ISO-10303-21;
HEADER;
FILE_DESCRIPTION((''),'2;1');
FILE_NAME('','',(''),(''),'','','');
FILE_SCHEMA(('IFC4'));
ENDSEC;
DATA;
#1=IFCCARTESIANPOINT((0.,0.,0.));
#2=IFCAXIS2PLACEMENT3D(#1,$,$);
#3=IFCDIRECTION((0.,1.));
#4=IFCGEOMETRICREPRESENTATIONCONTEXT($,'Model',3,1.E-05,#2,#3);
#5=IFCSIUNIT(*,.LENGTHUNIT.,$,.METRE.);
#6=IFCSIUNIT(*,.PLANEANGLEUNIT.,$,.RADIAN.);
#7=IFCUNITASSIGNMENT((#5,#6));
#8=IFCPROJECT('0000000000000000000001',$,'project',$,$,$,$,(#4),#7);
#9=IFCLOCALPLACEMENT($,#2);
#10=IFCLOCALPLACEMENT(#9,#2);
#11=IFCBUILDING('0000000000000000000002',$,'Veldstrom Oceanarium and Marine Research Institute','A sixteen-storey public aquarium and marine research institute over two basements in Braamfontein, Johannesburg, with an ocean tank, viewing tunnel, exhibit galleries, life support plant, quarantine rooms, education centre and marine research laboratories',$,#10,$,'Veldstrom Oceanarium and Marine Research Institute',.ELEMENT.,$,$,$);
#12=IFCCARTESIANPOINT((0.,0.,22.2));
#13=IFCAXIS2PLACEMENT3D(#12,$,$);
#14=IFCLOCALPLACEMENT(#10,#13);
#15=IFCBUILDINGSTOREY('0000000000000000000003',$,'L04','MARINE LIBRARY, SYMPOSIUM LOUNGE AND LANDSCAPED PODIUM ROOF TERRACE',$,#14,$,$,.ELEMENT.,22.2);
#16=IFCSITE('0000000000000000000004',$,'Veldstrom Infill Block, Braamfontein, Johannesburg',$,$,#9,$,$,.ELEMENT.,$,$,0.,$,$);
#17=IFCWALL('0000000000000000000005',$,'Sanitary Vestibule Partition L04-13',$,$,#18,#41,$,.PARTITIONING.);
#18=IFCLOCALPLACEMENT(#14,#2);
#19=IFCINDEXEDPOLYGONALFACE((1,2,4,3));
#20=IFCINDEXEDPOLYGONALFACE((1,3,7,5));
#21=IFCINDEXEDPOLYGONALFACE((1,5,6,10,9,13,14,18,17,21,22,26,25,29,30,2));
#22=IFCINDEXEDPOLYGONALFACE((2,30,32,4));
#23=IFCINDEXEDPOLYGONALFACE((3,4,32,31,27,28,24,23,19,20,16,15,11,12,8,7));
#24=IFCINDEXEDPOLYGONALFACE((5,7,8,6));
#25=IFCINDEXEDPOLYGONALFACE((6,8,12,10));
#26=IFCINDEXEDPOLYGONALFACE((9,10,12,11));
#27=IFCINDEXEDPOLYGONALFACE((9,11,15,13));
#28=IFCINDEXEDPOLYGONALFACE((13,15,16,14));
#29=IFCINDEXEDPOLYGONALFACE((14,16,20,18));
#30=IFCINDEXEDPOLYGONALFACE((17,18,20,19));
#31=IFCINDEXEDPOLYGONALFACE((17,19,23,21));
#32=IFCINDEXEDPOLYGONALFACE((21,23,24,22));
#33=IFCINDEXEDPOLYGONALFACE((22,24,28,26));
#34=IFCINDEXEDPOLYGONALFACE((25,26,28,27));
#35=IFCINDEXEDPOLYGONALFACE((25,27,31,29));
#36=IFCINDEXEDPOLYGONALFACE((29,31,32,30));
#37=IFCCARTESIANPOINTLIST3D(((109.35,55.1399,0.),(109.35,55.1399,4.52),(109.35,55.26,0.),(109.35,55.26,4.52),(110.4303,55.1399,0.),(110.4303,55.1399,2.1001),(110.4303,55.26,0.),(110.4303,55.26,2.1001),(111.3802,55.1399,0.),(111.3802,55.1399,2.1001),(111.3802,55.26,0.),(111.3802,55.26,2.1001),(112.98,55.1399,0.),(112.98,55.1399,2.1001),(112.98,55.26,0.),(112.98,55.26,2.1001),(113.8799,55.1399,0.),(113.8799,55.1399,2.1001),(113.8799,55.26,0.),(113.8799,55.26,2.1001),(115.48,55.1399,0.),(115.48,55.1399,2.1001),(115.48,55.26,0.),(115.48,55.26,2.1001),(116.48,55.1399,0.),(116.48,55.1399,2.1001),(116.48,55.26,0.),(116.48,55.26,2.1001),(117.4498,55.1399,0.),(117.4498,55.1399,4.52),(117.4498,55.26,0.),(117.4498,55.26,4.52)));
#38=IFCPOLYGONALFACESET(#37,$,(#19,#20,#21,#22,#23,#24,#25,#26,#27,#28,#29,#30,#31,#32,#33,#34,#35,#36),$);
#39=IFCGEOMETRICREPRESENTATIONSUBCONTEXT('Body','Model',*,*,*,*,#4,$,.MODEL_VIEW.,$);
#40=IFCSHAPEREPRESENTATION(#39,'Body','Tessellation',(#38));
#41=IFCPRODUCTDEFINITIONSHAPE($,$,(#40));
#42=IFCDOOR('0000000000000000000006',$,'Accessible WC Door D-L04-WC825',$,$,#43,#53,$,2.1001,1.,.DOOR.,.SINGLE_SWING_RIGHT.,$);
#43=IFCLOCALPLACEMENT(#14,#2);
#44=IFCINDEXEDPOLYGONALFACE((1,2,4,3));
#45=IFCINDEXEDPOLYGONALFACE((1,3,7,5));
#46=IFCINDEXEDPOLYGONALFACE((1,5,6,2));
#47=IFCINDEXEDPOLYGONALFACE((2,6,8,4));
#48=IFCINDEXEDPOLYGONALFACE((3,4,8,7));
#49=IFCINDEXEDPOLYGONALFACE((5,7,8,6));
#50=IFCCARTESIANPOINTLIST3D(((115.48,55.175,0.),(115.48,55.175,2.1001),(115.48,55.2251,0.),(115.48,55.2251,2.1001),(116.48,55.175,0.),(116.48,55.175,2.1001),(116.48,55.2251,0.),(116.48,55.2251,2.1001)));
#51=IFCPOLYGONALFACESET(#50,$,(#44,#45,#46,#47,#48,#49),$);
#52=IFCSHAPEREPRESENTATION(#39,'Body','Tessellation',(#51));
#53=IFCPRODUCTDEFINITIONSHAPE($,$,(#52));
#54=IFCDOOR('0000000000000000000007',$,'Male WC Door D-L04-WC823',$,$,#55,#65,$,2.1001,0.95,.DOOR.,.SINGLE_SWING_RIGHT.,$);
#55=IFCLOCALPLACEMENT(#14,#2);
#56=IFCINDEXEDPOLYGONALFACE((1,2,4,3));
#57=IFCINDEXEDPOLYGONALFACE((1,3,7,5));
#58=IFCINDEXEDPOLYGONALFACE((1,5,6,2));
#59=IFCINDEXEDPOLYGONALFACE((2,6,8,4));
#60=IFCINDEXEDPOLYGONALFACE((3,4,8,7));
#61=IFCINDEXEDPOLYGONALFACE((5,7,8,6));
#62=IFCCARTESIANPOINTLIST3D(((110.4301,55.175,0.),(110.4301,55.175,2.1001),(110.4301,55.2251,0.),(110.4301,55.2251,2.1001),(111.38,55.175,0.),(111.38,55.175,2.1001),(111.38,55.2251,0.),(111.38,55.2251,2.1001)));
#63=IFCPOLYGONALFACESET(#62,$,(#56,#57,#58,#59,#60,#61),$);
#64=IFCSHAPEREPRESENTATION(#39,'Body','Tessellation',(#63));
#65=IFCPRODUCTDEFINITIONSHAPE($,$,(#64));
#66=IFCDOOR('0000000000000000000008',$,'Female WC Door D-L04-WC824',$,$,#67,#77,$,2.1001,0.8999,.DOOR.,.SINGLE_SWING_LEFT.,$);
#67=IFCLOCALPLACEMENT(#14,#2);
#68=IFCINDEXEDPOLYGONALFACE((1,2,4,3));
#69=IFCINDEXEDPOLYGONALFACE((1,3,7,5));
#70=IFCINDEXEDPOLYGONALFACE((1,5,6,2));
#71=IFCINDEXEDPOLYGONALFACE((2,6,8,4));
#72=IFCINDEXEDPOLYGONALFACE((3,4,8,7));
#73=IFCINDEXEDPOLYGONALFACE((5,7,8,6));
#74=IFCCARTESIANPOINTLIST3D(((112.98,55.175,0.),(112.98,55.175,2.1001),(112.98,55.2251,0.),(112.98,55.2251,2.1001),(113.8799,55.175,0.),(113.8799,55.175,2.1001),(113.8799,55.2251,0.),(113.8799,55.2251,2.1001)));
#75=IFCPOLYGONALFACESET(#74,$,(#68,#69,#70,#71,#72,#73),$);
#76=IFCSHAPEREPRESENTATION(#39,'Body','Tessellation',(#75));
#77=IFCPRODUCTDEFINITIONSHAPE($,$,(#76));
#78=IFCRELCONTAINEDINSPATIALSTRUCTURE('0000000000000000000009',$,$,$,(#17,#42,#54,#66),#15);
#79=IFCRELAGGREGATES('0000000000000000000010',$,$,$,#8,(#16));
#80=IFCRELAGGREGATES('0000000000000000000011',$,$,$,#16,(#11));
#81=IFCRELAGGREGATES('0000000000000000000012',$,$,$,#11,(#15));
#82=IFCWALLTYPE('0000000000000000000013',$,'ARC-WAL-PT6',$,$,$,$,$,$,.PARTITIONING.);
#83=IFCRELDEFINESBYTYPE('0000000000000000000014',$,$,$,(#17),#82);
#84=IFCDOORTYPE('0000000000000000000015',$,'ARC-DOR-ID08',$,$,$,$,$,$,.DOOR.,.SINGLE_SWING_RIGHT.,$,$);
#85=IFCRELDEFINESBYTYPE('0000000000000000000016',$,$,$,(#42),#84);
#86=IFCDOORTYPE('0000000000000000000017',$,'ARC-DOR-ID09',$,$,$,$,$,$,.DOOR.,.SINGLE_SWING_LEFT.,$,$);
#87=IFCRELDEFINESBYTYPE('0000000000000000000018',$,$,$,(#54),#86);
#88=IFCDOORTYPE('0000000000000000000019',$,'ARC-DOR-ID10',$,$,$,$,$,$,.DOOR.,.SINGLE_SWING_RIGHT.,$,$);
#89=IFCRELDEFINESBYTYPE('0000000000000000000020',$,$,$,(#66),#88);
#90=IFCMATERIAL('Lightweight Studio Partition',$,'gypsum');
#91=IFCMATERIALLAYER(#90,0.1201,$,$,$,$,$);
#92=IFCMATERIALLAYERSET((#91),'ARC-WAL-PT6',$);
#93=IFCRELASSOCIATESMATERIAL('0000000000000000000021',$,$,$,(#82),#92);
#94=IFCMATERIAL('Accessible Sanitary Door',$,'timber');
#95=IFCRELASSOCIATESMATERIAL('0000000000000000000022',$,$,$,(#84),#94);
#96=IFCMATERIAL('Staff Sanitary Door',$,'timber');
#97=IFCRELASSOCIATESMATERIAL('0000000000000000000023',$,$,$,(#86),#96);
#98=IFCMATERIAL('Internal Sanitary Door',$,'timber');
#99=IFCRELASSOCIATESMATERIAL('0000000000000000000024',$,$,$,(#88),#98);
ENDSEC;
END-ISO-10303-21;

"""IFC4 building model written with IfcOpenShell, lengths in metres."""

from ifc_helpers import new_model, si_unit, direction, frame, frame_2d, origin, place, context, subcontext, project, spatial, rectangle, extrude, material, layer, layer_set, type_object, element, fill, save


model = new_model("IFC4")

# Units and contexts
model_context = context("Model", 3, precision=1e-05, world=origin(), true_north=direction((0.0, 1.0)))
body_context = subcontext(model_context, "Body", "Model", "MODEL_VIEW")
ifc_project = project(units=[si_unit("LENGTHUNIT", "METRE"), si_unit("PLANEANGLEUNIT", "RADIAN")], contexts=[model_context])

# Site, building, storey
site_placement = place(None, origin())
site = spatial("IfcSite", under=ifc_project, at=site_placement, Name="Veldstrom Infill Block, Braamfontein, Johannesburg", CompositionType="ELEMENT", RefElevation=0.0)
building_placement = place(site_placement, origin())
building = spatial("IfcBuilding", under=site, at=building_placement, Name="Veldstrom Oceanarium and Marine Research Institute", Description="A sixteen-storey public aquarium and marine research institute over two basements in Braamfontein, Johannesburg, with an ocean tank, viewing tunnel, exhibit galleries, life support plant, quarantine rooms, education centre and marine research laboratories", LongName="Veldstrom Oceanarium and Marine Research Institute", CompositionType="ELEMENT")
storey_placement = place(building_placement, frame((0.0, 0.0, 22.2)))
storey = spatial("IfcBuildingStorey", under=building, at=storey_placement, Name="L04", Description="MARINE LIBRARY, SYMPOSIUM LOUNGE AND LANDSCAPED PODIUM ROOF TERRACE", CompositionType="ELEMENT", Elevation=22.2)

# Wall, openings, doors
ifc_material_1 = material(Name="Lightweight Studio Partition", Category="gypsum")
ifc_layer_1 = layer(ifc_material_1, 0.1201)
ifc_layer_set_1 = layer_set([ifc_layer_1], Name="ARC-WAL-PT6")
wall_type_1 = type_object("IfcWallType", Name="ARC-WAL-PT6", PredefinedType="PARTITIONING", material=ifc_layer_set_1)
wall_1_placement = place(storey_placement, frame((109.3501, 55.2, 0.0), z_axis=(0.0, 0.0, 1.0), x_axis=(1.0, 0.0, 0.0)))
wall_1 = element("IfcWall", 1, at=wall_1_placement, inside=storey, type_object=wall_type_1, Name="Sanitary Vestibule Partition L04-13", PredefinedType="PARTITIONING", context=body_context, shape_type="SweptSolid", body=[
    extrude(rectangle(XDim=8.0999, YDim=0.1201, at=frame_2d((4.0498, 0.0))), origin(), (0.0, 0.0, 1.0), 4.52),
])
opening_1_placement = place(wall_1_placement, frame((1.0801, 0.0, 0.0)))
opening_1 = element("IfcOpeningElement", 2, at=opening_1_placement, cuts=wall_1, PredefinedType="OPENING", context=body_context, shape_type="SweptSolid", body=[
    extrude(rectangle(XDim=0.95, YDim=2.1001, at=frame_2d((0.4751, 1.05))), frame((0.0, 0.0701, 0.0), z_axis=(0.0, -1.0, 0.0), x_axis=(1.0, 0.0, 0.0)), (0.0, 0.0, 1.0), 0.1401),
])
opening_2_placement = place(wall_1_placement, frame((3.6299, 0.0, 0.0)))
opening_2 = element("IfcOpeningElement", 3, at=opening_2_placement, cuts=wall_1, PredefinedType="OPENING", context=body_context, shape_type="SweptSolid", body=[
    extrude(rectangle(XDim=0.8999, YDim=2.1001, at=frame_2d((0.45, 1.05))), frame((0.0, 0.0701, 0.0), z_axis=(0.0, -1.0, 0.0), x_axis=(1.0, 0.0, 0.0)), (0.0, 0.0, 1.0), 0.1401),
])
opening_3_placement = place(wall_1_placement, frame((6.1299, 0.0, 0.0)))
opening_3 = element("IfcOpeningElement", 4, at=opening_3_placement, cuts=wall_1, PredefinedType="OPENING", context=body_context, shape_type="SweptSolid", body=[
    extrude(rectangle(XDim=1.0, YDim=2.1001, at=frame_2d((0.5, 1.05))), frame((0.0, 0.0701, 0.0), z_axis=(0.0, -1.0, 0.0), x_axis=(1.0, 0.0, 0.0)), (0.0, 0.0, 1.0), 0.1401),
])
ifc_material_2 = material(Name="Accessible Sanitary Door", Category="timber")
door_type_1 = type_object("IfcDoorType", Name="ARC-DOR-ID08", OperationType="SINGLE_SWING_RIGHT", PredefinedType="DOOR", material=ifc_material_2)
door_1_placement = place(opening_3_placement, frame((1.0, 0.0, 0.0), z_axis=(0.0, 0.0, 1.0), x_axis=(-1.0, 0.0, 0.0)))
door_1 = element("IfcDoor", 5, at=door_1_placement, inside=storey, type_object=door_type_1, Name="Accessible WC Door D-L04-WC825", OperationType="SINGLE_SWING_RIGHT", OverallHeight=2.1001, OverallWidth=1.0, PredefinedType="DOOR", context=body_context, shape_type="SweptSolid", body=[
    extrude(rectangle(XDim=1.0, YDim=2.1001, at=frame_2d((0.5, 1.05))), frame((0.0, 0.0249, 0.0), z_axis=(0.0, -1.0, 0.0), x_axis=(1.0, 0.0, 0.0)), (0.0, 0.0, 1.0), 0.05),
])
fill(opening_3, door_1)
ifc_material_3 = material(Name="Staff Sanitary Door", Category="timber")
door_type_2 = type_object("IfcDoorType", Name="ARC-DOR-ID09", OperationType="SINGLE_SWING_LEFT", PredefinedType="DOOR", material=ifc_material_3)
door_2_placement = place(opening_1_placement, frame((0.95, 0.0, 0.0), z_axis=(0.0, 0.0, 1.0), x_axis=(-1.0, 0.0, 0.0)))
door_2 = element("IfcDoor", 6, at=door_2_placement, inside=storey, type_object=door_type_2, Name="Male WC Door D-L04-WC823", OperationType="SINGLE_SWING_RIGHT", OverallHeight=2.1001, OverallWidth=0.95, PredefinedType="DOOR", context=body_context, shape_type="SweptSolid", body=[
    extrude(rectangle(XDim=0.95, YDim=2.1001, at=frame_2d((0.4751, 1.05))), frame((0.0, 0.0249, 0.0), z_axis=(0.0, -1.0, 0.0), x_axis=(1.0, 0.0, 0.0)), (0.0, 0.0, 1.0), 0.05),
])
fill(opening_1, door_2)
ifc_material_4 = material(Name="Internal Sanitary Door", Category="timber")
door_type_3 = type_object("IfcDoorType", Name="ARC-DOR-ID10", OperationType="SINGLE_SWING_RIGHT", PredefinedType="DOOR", material=ifc_material_4)
door_3_placement = place(opening_2_placement, frame((0.8999, 0.0, 0.0), z_axis=(0.0, 0.0, 1.0), x_axis=(-1.0, 0.0, 0.0)))
door_3 = element("IfcDoor", 7, at=door_3_placement, inside=storey, type_object=door_type_3, Name="Female WC Door D-L04-WC824", OperationType="SINGLE_SWING_LEFT", OverallHeight=2.1001, OverallWidth=0.8999, PredefinedType="DOOR", context=body_context, shape_type="SweptSolid", body=[
    extrude(rectangle(XDim=0.8999, YDim=2.1001, at=frame_2d((0.45, 1.05))), frame((0.0, 0.0249, 0.0), z_axis=(0.0, -1.0, 0.0), x_axis=(1.0, 0.0, 0.0)), (0.0, 0.0, 1.0), 0.05),
])
fill(opening_2, door_3)

save(model, "model.ifc")
